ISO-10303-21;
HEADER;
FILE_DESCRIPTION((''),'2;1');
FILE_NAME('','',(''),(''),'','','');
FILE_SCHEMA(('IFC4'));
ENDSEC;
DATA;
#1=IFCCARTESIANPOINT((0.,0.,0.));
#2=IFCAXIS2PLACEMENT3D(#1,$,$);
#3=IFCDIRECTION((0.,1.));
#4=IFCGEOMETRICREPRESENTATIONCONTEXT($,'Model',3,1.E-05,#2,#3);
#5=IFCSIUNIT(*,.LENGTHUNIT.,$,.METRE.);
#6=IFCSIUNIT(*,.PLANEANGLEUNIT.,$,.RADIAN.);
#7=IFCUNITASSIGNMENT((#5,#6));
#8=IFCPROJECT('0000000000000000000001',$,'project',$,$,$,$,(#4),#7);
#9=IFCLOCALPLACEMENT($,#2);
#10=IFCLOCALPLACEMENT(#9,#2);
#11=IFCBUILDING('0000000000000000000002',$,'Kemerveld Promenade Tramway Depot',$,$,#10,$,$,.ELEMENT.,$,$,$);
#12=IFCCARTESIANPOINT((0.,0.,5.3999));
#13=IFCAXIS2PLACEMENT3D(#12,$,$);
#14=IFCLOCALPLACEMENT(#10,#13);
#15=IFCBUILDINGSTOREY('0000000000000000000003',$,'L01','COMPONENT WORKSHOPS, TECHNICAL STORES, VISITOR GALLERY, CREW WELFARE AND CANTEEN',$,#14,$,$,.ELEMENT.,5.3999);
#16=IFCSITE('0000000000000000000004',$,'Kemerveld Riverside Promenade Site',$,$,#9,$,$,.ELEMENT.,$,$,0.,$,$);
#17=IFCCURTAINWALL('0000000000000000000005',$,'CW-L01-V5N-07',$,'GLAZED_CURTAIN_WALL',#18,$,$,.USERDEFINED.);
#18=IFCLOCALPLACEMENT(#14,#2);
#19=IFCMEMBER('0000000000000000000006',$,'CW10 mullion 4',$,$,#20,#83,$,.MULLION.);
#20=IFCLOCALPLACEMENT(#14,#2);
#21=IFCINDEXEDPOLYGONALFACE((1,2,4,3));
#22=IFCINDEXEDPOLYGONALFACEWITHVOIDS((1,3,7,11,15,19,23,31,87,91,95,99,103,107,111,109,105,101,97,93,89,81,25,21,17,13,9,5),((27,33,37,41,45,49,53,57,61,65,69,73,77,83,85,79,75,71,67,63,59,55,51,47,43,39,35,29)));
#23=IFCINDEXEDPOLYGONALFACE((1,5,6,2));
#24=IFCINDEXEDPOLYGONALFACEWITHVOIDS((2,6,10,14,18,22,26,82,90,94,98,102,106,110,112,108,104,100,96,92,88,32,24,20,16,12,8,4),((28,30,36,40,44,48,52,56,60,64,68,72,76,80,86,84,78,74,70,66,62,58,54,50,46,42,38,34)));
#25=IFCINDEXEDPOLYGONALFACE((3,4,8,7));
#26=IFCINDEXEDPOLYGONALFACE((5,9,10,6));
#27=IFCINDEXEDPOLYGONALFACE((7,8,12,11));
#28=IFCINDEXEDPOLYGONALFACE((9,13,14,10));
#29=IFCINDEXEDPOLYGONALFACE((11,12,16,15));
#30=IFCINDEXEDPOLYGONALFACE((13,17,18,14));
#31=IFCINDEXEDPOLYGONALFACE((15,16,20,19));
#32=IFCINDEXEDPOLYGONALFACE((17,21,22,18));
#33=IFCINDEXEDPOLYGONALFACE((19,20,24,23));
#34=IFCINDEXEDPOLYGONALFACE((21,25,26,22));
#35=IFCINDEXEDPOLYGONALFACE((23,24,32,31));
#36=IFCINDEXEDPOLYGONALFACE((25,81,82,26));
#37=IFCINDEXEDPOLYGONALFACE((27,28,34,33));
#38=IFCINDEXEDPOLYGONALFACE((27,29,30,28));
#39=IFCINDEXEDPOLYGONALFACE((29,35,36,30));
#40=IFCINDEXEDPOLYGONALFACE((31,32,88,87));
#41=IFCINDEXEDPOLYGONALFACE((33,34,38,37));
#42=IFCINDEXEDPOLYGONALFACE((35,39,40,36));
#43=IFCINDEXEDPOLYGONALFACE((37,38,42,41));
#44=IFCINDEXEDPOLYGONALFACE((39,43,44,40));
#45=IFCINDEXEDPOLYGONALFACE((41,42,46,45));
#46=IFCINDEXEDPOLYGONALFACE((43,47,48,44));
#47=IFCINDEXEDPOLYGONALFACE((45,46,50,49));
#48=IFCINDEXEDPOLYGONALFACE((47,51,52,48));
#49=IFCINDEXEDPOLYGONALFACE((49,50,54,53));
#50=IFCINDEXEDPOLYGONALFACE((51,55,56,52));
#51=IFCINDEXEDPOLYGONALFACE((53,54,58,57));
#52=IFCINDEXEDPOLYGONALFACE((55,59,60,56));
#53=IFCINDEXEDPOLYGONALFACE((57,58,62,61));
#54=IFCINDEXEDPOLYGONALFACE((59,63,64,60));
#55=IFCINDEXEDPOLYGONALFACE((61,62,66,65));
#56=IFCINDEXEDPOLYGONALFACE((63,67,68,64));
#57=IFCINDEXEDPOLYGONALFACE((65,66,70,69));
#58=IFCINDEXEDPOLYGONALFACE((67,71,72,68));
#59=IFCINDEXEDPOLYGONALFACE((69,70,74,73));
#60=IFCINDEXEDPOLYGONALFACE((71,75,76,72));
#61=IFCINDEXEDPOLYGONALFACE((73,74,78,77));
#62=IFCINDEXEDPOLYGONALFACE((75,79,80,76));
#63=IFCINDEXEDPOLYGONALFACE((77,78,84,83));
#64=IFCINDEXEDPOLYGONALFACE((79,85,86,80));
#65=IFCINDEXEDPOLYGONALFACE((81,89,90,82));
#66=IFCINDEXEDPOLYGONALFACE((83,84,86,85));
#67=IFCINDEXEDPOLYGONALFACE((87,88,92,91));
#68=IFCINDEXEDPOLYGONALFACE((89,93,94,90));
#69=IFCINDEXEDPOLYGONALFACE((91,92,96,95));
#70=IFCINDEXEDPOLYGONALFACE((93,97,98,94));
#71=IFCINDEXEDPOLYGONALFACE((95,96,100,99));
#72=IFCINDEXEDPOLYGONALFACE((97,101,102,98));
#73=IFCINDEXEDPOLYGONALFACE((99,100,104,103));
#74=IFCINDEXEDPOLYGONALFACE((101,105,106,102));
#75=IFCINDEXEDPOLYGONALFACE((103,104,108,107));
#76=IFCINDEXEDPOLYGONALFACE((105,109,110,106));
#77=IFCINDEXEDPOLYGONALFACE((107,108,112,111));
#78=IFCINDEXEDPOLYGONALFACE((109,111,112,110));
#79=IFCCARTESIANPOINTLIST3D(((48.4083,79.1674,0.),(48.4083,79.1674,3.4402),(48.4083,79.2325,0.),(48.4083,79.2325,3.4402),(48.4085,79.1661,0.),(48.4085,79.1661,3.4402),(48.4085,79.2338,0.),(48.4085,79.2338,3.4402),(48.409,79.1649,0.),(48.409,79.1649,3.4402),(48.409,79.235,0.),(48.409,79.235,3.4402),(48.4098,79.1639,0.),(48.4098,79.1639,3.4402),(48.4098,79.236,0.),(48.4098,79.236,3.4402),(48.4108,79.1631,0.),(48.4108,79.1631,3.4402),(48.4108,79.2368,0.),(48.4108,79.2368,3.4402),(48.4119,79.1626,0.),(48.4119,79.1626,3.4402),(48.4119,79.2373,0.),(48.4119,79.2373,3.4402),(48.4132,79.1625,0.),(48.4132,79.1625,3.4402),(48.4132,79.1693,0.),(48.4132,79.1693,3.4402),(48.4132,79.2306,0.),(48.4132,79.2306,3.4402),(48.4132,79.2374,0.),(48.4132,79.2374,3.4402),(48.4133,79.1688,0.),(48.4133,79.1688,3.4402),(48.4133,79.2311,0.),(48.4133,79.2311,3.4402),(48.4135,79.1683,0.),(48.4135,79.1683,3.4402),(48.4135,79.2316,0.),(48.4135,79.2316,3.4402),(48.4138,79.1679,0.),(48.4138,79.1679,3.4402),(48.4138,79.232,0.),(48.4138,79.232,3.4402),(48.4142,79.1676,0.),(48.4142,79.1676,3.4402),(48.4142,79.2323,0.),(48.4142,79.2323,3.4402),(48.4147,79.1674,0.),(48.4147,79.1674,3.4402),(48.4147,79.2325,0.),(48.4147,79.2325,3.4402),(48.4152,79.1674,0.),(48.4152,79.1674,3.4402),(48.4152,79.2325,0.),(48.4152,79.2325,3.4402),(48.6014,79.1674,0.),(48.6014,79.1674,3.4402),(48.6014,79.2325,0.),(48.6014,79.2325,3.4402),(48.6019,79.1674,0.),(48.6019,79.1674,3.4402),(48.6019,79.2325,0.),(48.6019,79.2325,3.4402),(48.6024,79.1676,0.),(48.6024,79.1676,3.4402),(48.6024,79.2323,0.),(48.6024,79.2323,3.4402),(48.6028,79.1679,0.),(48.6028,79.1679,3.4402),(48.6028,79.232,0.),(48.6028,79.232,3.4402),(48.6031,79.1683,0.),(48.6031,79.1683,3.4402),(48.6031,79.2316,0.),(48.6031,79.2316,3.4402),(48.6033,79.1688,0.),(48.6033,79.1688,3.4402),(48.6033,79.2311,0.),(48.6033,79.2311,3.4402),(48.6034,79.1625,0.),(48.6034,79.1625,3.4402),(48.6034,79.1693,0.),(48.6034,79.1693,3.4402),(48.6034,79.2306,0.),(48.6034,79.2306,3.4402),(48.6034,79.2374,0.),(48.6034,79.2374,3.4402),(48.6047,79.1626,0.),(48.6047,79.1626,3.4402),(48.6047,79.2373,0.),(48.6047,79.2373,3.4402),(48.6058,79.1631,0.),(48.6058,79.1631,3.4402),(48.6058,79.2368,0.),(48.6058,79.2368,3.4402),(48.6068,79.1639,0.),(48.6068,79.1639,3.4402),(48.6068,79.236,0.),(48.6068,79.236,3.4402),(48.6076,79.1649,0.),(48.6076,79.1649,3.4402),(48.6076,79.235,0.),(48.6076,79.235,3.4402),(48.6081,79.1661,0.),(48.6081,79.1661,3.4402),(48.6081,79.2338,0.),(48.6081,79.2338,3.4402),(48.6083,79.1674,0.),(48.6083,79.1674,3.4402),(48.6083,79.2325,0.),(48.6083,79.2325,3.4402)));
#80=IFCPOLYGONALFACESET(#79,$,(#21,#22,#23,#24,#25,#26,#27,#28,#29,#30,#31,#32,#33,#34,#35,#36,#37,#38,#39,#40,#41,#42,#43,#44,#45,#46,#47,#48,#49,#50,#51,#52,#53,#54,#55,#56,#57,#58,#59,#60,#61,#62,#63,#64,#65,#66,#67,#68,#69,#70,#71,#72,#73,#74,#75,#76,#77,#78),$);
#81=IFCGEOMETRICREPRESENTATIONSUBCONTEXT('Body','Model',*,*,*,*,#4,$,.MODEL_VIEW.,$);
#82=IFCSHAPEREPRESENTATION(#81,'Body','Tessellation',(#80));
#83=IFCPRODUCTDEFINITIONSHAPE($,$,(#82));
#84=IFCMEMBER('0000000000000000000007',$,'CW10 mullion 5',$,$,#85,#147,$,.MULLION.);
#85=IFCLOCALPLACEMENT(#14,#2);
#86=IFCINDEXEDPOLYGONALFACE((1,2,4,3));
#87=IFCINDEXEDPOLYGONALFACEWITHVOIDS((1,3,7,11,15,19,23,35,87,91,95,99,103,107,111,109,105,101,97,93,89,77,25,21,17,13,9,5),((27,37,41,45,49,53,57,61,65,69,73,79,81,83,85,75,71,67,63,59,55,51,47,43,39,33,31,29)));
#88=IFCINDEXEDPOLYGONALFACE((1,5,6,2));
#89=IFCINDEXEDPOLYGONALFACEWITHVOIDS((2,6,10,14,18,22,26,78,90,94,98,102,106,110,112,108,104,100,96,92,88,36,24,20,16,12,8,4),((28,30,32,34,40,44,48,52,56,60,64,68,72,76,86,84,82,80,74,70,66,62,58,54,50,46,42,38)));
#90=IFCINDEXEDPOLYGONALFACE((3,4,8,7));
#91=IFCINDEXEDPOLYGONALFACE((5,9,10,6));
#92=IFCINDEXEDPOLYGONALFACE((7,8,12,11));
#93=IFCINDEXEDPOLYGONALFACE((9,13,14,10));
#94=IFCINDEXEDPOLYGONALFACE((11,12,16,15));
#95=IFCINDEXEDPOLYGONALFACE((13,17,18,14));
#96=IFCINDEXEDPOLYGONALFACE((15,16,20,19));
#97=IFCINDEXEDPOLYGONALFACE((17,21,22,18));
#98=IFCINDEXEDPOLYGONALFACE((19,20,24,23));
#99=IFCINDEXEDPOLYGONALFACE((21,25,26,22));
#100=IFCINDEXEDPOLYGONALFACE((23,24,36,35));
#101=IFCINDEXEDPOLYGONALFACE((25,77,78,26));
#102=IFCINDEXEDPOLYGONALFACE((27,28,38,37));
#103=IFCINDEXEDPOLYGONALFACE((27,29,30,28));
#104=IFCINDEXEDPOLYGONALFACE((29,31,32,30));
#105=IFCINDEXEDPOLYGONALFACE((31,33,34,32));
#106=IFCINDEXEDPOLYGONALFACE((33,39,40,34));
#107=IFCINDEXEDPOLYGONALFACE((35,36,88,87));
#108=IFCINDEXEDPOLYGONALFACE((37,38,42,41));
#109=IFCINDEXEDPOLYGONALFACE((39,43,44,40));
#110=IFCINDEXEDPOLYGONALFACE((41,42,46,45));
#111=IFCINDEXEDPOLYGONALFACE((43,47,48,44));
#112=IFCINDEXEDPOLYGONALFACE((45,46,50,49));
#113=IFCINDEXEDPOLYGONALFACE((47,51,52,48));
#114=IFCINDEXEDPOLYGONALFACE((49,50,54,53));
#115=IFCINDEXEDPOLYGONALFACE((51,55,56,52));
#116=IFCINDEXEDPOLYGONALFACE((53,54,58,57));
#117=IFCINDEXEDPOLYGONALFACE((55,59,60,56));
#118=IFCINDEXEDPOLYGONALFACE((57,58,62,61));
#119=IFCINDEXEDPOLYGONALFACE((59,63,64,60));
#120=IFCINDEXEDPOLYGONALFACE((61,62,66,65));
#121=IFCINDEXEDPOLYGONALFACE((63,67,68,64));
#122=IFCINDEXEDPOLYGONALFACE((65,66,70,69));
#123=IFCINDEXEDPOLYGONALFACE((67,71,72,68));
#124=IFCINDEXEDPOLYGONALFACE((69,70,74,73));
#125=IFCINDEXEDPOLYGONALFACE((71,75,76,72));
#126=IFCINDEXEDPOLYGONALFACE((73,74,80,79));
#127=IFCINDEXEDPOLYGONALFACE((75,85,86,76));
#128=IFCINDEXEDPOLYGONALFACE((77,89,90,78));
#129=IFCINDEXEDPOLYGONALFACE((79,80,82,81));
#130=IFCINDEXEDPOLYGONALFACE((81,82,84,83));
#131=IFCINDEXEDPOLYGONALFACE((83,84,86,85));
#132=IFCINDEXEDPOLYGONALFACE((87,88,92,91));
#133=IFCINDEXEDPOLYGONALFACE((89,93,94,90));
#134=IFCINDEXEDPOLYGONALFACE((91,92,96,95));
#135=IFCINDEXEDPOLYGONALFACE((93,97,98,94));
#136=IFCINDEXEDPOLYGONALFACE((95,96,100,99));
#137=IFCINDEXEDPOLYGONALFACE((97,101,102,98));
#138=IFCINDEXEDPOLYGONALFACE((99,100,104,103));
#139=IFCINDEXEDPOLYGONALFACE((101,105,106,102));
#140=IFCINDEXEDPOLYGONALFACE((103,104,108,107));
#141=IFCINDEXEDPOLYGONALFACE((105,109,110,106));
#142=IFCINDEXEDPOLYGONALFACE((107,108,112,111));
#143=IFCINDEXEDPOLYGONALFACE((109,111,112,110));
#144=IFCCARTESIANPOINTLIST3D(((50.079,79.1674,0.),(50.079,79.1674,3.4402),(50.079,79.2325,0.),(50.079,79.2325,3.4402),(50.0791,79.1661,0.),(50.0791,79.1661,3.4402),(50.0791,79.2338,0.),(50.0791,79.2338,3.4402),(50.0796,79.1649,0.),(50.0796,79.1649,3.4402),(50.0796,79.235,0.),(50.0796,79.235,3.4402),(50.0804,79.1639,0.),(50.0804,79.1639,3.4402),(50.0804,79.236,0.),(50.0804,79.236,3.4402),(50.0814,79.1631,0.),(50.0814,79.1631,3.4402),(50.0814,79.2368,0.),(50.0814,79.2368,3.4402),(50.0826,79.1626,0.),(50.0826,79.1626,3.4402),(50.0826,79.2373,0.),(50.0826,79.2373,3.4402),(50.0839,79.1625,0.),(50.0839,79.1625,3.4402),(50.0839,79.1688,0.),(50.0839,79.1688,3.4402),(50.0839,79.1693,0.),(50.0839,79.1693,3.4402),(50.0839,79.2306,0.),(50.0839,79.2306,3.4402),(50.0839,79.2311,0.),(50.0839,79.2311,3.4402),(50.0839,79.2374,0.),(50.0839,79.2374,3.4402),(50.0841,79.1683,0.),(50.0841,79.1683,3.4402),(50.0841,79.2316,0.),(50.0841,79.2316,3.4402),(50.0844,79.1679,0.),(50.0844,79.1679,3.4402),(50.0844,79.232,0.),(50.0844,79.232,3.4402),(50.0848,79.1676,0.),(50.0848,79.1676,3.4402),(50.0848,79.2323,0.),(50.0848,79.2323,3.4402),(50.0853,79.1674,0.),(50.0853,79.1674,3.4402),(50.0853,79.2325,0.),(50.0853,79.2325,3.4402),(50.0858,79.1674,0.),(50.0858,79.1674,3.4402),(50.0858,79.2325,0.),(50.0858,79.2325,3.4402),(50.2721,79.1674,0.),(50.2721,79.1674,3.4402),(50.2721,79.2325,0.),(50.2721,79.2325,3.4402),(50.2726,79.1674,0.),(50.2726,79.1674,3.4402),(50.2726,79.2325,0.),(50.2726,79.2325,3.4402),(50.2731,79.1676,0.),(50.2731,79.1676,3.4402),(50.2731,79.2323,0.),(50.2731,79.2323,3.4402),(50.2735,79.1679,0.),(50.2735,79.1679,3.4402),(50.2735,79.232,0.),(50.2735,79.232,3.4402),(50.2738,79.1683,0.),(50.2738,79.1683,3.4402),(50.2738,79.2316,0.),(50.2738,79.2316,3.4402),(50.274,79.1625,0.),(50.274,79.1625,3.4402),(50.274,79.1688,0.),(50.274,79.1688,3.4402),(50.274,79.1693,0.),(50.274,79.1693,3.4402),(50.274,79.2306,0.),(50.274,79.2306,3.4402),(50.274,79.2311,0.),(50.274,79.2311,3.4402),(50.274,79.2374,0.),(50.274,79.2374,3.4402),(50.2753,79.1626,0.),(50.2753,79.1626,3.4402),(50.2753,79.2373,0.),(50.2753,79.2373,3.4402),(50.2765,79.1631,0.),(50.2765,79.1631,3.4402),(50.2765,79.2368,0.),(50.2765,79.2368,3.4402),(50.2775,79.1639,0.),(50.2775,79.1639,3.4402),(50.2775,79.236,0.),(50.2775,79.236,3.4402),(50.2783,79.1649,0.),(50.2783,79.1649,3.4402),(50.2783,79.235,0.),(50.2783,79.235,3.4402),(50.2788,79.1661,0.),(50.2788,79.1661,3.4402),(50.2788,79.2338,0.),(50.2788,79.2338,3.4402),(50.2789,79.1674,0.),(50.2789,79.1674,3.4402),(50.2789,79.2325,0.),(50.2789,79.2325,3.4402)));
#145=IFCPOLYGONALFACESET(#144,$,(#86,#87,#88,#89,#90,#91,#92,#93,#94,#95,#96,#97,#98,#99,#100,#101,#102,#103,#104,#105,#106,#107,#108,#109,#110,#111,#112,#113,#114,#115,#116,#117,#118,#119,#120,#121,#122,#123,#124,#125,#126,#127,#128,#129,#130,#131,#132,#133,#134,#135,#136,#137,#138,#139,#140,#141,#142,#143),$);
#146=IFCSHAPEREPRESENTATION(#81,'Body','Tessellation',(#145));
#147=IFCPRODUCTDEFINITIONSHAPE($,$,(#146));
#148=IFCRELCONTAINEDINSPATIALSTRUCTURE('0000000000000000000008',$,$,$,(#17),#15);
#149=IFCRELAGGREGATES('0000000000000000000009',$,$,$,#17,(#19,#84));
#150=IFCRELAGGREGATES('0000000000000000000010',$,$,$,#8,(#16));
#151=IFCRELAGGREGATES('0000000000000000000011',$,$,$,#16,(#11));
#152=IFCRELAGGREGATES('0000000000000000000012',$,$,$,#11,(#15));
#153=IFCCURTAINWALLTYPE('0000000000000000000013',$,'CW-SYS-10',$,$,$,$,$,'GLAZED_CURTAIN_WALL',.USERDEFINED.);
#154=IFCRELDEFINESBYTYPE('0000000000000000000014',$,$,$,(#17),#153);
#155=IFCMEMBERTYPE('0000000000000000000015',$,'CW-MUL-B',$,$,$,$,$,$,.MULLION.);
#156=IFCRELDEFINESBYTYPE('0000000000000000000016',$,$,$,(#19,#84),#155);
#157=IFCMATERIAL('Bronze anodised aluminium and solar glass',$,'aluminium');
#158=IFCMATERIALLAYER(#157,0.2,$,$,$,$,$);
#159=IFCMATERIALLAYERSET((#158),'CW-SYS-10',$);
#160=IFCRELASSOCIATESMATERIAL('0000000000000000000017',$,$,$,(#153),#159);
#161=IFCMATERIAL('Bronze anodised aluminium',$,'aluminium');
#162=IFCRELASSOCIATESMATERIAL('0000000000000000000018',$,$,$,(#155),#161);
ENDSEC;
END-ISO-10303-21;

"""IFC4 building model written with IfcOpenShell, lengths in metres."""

from ifc_helpers import new_model, si_unit, direction, frame, origin, origin_2d, place, context, subcontext, project, spatial, hollow_rectangle, extrude, material, layer, layer_set, material_profile, profile_set, type_object, element, aggregate, save


model = new_model("IFC4")

# Units and contexts
model_context = context("Model", 3, precision=1e-05, world=origin(), true_north=direction((0.0, 1.0)))
body_context = subcontext(model_context, "Body", "Model", "MODEL_VIEW")
ifc_project = project(units=[si_unit("LENGTHUNIT", "METRE"), si_unit("PLANEANGLEUNIT", "RADIAN")], contexts=[model_context])

# Site, building, storey
site_placement = place(None, origin())
site = spatial("IfcSite", under=ifc_project, at=site_placement, Name="Kemerveld Riverside Promenade Site", CompositionType="ELEMENT", RefElevation=0.0)
building_placement = place(site_placement, origin())
building = spatial("IfcBuilding", under=site, at=building_placement, Name="Kemerveld Promenade Tramway Depot", CompositionType="ELEMENT")
storey_placement = place(building_placement, frame((0.0, 0.0, 5.3999)))
storey = spatial("IfcBuildingStorey", under=building, at=storey_placement, Name="L01", Description="COMPONENT WORKSHOPS, TECHNICAL STORES, VISITOR GALLERY, CREW WELFARE AND CANTEEN", CompositionType="ELEMENT", Elevation=5.3999)

# Curtain wall, members
ifc_material_1 = material(Name="Bronze anodised aluminium and solar glass", Category="aluminium")
ifc_layer_1 = layer(ifc_material_1, 0.2)
ifc_layer_set_1 = layer_set([ifc_layer_1], Name="CW-SYS-10")
curtain_wall_type = type_object("IfcCurtainWallType", Name="CW-SYS-10", ElementType="GLAZED_CURTAIN_WALL", PredefinedType="USERDEFINED", material=ifc_layer_set_1)
curtain_wall_placement = place(storey_placement, origin())
curtain_wall = element("IfcCurtainWall", 1, at=curtain_wall_placement, inside=storey, type_object=curtain_wall_type, Name="CW-L01-V5N-07", ObjectType="GLAZED_CURTAIN_WALL", PredefinedType="USERDEFINED")
ifc_material_2 = material(Name="Bronze anodised aluminium", Category="aluminium")
ifc_material_profile_1 = material_profile(ifc_material_2, hollow_rectangle(XDim=0.075, YDim=0.2, WallThickness=0.0049, InnerFilletRadius=0.002, OuterFilletRadius=0.0049, at=origin_2d()), Name="CW-MUL-200x75")
ifc_profile_set_1 = profile_set([ifc_material_profile_1], Name="Bronze anodised aluminium")
member_type_1 = type_object("IfcMemberType", Name="CW-MUL-B", PredefinedType="MULLION", material=ifc_profile_set_1)
member_1_placement = place(storey_placement, frame((48.5083, 79.2, 0.0), z_axis=(0.0, 0.0, 1.0), x_axis=(0.0, 1.0, 0.0)))
member_1 = element("IfcMember", 2, at=member_1_placement, type_object=member_type_1, Name="CW10 mullion 4", PredefinedType="MULLION", context=body_context, shape_type="SweptSolid", body=[
    extrude(hollow_rectangle(XDim=0.075, YDim=0.2, WallThickness=0.0049, InnerFilletRadius=0.002, OuterFilletRadius=0.0049, at=origin_2d()), origin(), (0.0, 0.0, 1.0), 3.4402),
])
member_2_placement = place(storey_placement, frame((50.179, 79.2, 0.0), z_axis=(0.0, 0.0, 1.0), x_axis=(0.0, 1.0, 0.0)))
member_2 = element("IfcMember", 3, at=member_2_placement, type_object=member_type_1, Name="CW10 mullion 5", PredefinedType="MULLION", context=body_context, shape_type="SweptSolid", body=[
    extrude(hollow_rectangle(XDim=0.075, YDim=0.2, WallThickness=0.0049, InnerFilletRadius=0.002, OuterFilletRadius=0.0049, at=origin_2d()), origin(), (0.0, 0.0, 1.0), 3.4402),
])
aggregate(curtain_wall, [member_1, member_2])

save(model, "model.ifc")
